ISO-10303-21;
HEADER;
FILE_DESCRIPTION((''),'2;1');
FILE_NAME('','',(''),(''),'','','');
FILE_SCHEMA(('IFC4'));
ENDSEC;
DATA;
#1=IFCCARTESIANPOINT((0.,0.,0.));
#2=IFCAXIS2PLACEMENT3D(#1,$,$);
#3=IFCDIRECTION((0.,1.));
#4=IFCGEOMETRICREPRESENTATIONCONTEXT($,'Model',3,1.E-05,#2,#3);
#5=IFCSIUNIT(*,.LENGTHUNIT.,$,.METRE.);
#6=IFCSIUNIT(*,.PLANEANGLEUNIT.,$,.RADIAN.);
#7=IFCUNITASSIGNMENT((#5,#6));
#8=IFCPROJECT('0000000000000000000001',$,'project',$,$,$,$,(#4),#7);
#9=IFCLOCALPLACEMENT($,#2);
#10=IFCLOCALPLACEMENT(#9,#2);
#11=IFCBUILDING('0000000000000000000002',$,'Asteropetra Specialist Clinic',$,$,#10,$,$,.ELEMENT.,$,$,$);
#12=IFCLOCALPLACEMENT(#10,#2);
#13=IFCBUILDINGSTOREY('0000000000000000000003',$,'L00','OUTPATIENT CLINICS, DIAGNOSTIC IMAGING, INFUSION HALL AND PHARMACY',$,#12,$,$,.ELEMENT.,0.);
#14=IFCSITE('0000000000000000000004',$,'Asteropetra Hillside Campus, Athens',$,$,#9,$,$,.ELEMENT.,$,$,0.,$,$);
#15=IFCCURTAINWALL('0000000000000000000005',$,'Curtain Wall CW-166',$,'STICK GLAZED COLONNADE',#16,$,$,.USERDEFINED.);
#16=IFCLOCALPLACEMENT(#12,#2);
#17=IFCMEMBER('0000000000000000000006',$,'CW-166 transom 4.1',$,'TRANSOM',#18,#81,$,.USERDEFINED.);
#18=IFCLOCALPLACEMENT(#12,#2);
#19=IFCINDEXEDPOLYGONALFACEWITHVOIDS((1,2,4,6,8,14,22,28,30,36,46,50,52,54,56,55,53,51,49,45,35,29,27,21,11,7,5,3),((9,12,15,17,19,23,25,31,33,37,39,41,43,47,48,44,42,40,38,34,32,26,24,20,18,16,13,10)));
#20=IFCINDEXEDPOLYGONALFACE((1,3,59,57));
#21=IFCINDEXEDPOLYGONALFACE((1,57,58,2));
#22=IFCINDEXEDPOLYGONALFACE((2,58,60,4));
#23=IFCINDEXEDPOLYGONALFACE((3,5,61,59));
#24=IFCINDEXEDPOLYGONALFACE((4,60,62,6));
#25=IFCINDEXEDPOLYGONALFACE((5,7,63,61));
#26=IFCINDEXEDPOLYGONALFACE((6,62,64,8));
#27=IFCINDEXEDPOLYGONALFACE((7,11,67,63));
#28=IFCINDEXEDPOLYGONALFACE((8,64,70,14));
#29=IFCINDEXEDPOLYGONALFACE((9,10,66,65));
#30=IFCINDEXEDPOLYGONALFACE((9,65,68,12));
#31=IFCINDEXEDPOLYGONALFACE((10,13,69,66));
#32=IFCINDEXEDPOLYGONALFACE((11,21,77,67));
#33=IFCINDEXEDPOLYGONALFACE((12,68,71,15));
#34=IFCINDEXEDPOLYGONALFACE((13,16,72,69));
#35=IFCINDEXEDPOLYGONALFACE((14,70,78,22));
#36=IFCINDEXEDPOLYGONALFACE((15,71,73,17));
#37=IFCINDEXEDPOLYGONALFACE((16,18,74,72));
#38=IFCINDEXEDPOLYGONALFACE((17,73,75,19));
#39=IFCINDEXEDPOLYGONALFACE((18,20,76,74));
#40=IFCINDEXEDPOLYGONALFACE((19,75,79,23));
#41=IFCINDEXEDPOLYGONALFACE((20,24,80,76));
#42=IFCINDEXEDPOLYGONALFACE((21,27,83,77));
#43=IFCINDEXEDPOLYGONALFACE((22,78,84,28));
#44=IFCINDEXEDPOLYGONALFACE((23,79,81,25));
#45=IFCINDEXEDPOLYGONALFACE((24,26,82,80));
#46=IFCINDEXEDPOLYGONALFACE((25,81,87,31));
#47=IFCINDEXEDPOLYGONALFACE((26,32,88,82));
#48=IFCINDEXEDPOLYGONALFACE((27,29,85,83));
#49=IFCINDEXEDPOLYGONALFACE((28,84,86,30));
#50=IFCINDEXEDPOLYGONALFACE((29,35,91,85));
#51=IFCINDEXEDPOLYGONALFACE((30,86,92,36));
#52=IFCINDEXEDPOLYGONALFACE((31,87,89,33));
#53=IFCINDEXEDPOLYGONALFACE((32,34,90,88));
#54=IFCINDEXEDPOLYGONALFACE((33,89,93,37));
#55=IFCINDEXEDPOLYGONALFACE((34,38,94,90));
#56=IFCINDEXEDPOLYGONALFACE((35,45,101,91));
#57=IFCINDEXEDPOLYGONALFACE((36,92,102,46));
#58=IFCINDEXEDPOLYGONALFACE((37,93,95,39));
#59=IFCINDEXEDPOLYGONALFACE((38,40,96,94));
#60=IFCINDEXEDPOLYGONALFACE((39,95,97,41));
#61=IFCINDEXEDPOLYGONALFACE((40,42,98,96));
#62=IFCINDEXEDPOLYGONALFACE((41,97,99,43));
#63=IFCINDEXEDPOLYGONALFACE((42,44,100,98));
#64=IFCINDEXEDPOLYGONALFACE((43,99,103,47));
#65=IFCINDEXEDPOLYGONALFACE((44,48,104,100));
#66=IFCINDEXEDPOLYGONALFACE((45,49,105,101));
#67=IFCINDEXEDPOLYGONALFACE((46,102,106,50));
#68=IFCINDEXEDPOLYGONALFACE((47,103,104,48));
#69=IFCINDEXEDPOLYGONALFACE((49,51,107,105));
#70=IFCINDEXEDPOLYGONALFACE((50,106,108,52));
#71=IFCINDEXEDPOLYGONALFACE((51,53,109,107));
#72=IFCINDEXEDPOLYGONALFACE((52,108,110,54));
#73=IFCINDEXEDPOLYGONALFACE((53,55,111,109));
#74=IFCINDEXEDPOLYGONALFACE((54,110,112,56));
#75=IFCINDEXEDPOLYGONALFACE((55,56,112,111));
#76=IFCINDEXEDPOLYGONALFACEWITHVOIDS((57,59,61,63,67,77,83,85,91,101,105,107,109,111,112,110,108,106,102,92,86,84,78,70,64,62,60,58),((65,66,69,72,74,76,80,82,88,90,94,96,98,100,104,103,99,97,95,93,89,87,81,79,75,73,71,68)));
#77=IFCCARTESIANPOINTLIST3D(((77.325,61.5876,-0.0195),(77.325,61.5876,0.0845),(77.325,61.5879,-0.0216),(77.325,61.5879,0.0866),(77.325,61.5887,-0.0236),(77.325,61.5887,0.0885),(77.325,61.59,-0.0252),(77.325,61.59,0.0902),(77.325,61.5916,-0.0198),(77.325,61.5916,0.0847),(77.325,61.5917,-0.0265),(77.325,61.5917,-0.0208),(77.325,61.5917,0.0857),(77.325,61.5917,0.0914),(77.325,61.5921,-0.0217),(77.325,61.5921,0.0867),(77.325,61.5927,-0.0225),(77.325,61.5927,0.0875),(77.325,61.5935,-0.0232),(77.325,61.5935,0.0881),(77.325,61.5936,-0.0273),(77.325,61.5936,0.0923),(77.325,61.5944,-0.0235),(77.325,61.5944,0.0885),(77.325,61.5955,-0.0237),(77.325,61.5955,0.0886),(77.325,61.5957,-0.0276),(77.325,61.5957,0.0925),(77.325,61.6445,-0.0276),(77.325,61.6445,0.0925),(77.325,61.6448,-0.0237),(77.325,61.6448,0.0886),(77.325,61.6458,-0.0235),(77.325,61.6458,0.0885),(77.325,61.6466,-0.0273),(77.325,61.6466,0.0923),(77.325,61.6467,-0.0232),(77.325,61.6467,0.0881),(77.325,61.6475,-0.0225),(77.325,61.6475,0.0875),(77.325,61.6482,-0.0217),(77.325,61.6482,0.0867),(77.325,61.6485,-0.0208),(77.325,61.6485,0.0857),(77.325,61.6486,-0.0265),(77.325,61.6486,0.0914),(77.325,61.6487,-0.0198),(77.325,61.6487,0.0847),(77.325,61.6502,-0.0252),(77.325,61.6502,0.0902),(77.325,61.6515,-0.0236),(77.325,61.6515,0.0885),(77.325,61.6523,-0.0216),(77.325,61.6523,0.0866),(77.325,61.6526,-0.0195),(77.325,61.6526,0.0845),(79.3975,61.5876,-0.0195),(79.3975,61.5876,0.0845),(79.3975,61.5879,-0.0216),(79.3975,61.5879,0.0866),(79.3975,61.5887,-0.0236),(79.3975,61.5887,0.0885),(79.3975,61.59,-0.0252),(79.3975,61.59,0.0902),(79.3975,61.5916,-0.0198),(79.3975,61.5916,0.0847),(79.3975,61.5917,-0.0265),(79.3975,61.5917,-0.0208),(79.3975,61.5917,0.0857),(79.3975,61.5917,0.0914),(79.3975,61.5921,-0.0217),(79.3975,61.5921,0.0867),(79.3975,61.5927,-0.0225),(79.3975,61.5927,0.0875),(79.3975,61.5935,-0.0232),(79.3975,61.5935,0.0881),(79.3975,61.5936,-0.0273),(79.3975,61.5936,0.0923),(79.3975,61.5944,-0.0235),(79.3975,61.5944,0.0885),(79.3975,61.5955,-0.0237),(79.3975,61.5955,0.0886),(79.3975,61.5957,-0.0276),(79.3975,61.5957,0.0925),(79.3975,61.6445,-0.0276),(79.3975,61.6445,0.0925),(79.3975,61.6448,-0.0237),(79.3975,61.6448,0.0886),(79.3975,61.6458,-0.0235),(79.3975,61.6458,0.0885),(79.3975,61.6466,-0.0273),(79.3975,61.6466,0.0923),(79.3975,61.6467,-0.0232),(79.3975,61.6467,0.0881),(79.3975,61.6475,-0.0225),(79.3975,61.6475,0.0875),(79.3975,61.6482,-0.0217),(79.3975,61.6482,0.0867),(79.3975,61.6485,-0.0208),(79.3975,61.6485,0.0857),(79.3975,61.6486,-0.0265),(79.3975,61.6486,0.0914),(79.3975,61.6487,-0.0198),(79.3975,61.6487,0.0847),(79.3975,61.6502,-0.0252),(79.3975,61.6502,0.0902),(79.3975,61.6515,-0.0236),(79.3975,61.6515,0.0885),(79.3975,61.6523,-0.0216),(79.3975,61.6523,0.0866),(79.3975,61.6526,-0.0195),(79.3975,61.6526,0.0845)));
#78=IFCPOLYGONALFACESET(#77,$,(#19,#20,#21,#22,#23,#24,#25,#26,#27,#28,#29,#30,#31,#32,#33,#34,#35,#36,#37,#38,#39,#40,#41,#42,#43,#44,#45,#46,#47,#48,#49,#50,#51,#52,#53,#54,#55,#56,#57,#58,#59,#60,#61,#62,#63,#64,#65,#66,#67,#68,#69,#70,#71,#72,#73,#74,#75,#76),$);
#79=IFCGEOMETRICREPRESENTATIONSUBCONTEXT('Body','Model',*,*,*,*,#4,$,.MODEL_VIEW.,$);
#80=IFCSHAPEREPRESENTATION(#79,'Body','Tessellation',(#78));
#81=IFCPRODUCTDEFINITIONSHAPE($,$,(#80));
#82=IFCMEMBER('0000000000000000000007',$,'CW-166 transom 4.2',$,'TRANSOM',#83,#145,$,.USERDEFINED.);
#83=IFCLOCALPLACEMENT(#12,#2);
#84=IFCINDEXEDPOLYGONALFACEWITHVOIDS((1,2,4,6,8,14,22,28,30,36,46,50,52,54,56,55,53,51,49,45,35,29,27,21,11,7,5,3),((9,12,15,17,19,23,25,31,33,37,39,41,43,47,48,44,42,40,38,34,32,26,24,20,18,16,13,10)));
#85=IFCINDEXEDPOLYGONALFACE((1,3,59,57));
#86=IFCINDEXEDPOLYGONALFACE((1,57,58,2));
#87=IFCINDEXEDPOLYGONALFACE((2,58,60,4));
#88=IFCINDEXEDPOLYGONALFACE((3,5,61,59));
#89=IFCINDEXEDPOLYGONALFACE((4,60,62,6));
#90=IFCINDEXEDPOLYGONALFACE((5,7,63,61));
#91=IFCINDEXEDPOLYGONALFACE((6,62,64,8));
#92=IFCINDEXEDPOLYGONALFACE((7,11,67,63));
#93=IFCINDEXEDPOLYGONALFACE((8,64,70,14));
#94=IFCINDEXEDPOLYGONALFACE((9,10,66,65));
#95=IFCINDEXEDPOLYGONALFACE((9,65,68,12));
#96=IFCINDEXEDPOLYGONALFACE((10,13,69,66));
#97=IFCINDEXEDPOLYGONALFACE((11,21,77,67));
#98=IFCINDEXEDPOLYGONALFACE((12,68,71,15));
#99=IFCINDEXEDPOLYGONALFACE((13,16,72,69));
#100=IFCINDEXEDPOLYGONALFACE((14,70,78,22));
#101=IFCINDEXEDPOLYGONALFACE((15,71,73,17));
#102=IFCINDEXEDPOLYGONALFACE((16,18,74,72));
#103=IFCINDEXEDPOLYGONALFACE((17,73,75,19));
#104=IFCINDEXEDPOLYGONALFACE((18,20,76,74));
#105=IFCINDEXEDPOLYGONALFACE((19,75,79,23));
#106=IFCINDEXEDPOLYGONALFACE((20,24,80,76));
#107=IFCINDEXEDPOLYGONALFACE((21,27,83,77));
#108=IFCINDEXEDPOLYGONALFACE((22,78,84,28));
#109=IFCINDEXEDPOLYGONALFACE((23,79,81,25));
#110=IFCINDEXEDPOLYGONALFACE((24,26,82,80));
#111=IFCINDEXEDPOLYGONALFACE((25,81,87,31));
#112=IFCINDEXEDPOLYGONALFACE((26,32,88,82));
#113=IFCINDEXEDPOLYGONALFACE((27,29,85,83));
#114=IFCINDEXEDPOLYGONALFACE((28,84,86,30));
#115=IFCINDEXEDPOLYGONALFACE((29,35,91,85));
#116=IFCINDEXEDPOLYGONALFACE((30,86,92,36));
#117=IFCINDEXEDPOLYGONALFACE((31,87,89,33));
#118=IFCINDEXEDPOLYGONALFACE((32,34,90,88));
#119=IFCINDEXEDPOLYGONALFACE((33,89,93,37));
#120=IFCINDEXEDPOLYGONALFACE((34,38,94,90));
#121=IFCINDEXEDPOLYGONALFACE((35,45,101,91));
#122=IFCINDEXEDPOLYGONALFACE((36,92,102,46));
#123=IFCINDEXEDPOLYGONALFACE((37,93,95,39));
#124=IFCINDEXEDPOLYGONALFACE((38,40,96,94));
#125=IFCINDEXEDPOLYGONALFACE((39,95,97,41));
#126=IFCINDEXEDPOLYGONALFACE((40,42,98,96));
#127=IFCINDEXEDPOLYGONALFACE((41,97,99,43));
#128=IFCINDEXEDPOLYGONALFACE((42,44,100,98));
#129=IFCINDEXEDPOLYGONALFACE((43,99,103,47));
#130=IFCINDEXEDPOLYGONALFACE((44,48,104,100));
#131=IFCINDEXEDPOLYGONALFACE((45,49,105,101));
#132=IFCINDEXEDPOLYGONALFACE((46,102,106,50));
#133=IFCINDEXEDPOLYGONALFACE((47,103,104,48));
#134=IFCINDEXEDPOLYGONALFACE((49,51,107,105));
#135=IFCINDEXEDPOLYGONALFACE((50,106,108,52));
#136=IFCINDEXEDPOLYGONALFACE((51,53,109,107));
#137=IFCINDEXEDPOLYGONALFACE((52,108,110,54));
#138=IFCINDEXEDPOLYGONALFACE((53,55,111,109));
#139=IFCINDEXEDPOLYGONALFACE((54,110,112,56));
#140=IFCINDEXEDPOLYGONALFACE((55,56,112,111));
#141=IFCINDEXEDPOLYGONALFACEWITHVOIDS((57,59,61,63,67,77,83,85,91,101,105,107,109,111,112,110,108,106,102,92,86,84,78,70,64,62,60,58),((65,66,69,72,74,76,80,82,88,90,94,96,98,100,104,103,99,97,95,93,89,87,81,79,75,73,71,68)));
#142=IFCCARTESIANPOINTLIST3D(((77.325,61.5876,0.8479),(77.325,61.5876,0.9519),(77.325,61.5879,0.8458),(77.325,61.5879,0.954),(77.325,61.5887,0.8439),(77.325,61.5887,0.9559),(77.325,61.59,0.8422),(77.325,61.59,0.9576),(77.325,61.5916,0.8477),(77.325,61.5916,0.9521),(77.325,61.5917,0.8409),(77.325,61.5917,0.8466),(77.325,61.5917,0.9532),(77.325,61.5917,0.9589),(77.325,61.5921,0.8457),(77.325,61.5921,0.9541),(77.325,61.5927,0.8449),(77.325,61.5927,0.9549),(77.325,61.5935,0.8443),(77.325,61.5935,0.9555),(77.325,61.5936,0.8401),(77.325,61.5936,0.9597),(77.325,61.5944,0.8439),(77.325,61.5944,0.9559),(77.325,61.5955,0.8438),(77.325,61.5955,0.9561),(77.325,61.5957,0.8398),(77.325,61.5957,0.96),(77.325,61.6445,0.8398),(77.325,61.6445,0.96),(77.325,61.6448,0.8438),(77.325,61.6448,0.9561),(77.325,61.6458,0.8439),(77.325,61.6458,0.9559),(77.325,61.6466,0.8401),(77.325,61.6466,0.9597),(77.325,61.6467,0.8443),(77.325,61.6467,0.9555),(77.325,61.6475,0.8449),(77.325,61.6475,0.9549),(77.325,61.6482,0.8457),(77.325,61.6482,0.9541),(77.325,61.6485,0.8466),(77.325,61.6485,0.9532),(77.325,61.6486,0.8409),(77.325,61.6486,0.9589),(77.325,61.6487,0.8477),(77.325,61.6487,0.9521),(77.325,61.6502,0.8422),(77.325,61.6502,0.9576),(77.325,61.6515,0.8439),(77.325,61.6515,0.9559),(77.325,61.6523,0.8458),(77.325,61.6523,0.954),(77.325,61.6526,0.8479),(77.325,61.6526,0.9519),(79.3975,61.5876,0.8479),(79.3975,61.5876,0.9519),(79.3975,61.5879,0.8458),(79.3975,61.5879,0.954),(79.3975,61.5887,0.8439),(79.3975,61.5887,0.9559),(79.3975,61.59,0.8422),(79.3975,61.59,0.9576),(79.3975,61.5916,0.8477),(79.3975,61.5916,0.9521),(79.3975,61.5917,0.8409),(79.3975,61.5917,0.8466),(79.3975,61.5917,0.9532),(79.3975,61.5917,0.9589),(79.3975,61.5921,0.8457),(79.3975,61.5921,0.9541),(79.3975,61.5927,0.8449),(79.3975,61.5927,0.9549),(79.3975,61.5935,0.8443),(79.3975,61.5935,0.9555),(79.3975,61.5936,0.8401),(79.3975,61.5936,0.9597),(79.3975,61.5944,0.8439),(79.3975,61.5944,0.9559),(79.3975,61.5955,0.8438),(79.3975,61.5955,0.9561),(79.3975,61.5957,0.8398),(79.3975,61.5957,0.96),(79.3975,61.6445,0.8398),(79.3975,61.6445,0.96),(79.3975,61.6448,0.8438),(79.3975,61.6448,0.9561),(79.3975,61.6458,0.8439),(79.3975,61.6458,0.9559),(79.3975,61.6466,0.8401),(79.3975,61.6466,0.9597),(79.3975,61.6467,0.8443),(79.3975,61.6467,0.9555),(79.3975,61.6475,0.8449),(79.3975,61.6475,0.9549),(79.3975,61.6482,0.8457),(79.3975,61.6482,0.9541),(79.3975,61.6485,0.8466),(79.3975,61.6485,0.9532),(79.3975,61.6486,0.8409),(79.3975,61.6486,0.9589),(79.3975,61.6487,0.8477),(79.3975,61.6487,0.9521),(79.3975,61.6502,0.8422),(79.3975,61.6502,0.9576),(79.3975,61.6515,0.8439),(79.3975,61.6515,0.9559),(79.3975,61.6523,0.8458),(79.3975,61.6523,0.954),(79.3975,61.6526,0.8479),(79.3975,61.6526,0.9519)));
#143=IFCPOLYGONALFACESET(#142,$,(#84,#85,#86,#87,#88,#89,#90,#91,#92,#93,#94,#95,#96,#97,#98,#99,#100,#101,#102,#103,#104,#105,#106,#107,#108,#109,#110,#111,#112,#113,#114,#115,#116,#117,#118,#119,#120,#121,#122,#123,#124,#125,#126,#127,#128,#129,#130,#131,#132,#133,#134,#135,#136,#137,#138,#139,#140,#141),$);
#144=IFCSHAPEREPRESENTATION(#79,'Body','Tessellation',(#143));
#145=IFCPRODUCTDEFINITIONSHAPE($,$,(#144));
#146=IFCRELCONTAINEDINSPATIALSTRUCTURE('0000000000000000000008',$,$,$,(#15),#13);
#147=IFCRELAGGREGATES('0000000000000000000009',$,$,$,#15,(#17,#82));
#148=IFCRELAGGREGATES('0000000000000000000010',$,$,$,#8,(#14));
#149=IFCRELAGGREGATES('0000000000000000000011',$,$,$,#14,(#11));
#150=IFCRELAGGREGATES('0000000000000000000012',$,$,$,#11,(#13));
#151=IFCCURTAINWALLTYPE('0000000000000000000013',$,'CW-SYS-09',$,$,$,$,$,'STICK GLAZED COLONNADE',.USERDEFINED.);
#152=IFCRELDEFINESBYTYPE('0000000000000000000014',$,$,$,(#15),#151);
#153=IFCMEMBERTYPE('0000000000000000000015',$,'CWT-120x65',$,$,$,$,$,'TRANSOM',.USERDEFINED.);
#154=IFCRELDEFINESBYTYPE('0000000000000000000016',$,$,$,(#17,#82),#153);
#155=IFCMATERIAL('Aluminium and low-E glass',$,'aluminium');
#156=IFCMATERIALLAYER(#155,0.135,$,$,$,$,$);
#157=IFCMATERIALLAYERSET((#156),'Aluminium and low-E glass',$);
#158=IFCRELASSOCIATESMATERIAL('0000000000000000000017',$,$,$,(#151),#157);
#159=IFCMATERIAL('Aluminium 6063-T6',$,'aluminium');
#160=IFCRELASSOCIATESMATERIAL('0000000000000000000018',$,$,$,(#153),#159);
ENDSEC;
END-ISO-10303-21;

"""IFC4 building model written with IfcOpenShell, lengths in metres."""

from ifc_helpers import new_model, si_unit, direction, frame, origin, origin_2d, place, context, subcontext, project, spatial, hollow_rectangle, extrude, material, layer, layer_set, material_profile, profile_set, type_object, element, aggregate, save


model = new_model("IFC4")

# Units and contexts
model_context = context("Model", 3, precision=1e-05, world=origin(), true_north=direction((0.0, 1.0)))
body_context = subcontext(model_context, "Body", "Model", "MODEL_VIEW")
ifc_project = project(units=[si_unit("LENGTHUNIT", "METRE"), si_unit("PLANEANGLEUNIT", "RADIAN")], contexts=[model_context])

# Site, building, storey
site_placement = place(None, origin())
site = spatial("IfcSite", under=ifc_project, at=site_placement, Name="Asteropetra Hillside Campus, Athens", CompositionType="ELEMENT", RefElevation=0.0)
building_placement = place(site_placement, origin())
building = spatial("IfcBuilding", under=site, at=building_placement, Name="Asteropetra Specialist Clinic", CompositionType="ELEMENT")
storey_placement = place(building_placement, origin())
storey = spatial("IfcBuildingStorey", under=building, at=storey_placement, Name="L00", Description="OUTPATIENT CLINICS, DIAGNOSTIC IMAGING, INFUSION HALL AND PHARMACY", CompositionType="ELEMENT", Elevation=0.0)

# Curtain wall, members
ifc_material_1 = material(Name="Aluminium and low-E glass", Category="aluminium")
ifc_layer_1 = layer(ifc_material_1, 0.135)
ifc_layer_set_1 = layer_set([ifc_layer_1], Name="Aluminium and low-E glass")
curtain_wall_type = type_object("IfcCurtainWallType", Name="CW-SYS-09", ElementType="STICK GLAZED COLONNADE", PredefinedType="USERDEFINED", material=ifc_layer_set_1)
curtain_wall_placement = place(storey_placement, origin())
curtain_wall = element("IfcCurtainWall", 1, at=curtain_wall_placement, inside=storey, type_object=curtain_wall_type, Name="Curtain Wall CW-166", ObjectType="STICK GLAZED COLONNADE", PredefinedType="USERDEFINED")
ifc_material_2 = material(Name="Aluminium 6063-T6", Category="aluminium")
ifc_material_profile_1 = material_profile(ifc_material_2, hollow_rectangle(XDim=0.0649, YDim=0.1201, WallThickness=0.0039, InnerFilletRadius=0.0039, OuterFilletRadius=0.0081, at=origin_2d()), Name="TRN 120x65x4.0")
ifc_profile_set_1 = profile_set([ifc_material_profile_1], Name="Aluminium 6063-T6")
member_type_1 = type_object("IfcMemberType", Name="CWT-120x65", ElementType="TRANSOM", PredefinedType="USERDEFINED", material=ifc_profile_set_1)
member_1_placement = place(storey_placement, frame((79.3975, 61.6201, 0.0325), z_axis=(-1.0, 0.0, 0.0), x_axis=(0.0, -1.0, 0.0)))
member_1 = element("IfcMember", 2, at=member_1_placement, type_object=member_type_1, Name="CW-166 transom 4.1", ObjectType="TRANSOM", PredefinedType="USERDEFINED", context=body_context, shape_type="SweptSolid", body=[
    extrude(hollow_rectangle(XDim=0.0649, YDim=0.1201, WallThickness=0.0039, InnerFilletRadius=0.0039, OuterFilletRadius=0.0081, at=origin_2d()), origin(), (0.0, 0.0, 1.0), 2.0725),
])
member_2_placement = place(storey_placement, frame((79.3975, 61.6201, 0.8999), z_axis=(-1.0, 0.0, 0.0), x_axis=(0.0, -1.0, 0.0)))
member_2 = element("IfcMember", 3, at=member_2_placement, type_object=member_type_1, Name="CW-166 transom 4.2", ObjectType="TRANSOM", PredefinedType="USERDEFINED", context=body_context, shape_type="SweptSolid", body=[
    extrude(hollow_rectangle(XDim=0.0649, YDim=0.1201, WallThickness=0.0039, InnerFilletRadius=0.0039, OuterFilletRadius=0.0081, at=origin_2d()), origin(), (0.0, 0.0, 1.0), 2.0725),
])
aggregate(curtain_wall, [member_1, member_2])

save(model, "model.ifc")
